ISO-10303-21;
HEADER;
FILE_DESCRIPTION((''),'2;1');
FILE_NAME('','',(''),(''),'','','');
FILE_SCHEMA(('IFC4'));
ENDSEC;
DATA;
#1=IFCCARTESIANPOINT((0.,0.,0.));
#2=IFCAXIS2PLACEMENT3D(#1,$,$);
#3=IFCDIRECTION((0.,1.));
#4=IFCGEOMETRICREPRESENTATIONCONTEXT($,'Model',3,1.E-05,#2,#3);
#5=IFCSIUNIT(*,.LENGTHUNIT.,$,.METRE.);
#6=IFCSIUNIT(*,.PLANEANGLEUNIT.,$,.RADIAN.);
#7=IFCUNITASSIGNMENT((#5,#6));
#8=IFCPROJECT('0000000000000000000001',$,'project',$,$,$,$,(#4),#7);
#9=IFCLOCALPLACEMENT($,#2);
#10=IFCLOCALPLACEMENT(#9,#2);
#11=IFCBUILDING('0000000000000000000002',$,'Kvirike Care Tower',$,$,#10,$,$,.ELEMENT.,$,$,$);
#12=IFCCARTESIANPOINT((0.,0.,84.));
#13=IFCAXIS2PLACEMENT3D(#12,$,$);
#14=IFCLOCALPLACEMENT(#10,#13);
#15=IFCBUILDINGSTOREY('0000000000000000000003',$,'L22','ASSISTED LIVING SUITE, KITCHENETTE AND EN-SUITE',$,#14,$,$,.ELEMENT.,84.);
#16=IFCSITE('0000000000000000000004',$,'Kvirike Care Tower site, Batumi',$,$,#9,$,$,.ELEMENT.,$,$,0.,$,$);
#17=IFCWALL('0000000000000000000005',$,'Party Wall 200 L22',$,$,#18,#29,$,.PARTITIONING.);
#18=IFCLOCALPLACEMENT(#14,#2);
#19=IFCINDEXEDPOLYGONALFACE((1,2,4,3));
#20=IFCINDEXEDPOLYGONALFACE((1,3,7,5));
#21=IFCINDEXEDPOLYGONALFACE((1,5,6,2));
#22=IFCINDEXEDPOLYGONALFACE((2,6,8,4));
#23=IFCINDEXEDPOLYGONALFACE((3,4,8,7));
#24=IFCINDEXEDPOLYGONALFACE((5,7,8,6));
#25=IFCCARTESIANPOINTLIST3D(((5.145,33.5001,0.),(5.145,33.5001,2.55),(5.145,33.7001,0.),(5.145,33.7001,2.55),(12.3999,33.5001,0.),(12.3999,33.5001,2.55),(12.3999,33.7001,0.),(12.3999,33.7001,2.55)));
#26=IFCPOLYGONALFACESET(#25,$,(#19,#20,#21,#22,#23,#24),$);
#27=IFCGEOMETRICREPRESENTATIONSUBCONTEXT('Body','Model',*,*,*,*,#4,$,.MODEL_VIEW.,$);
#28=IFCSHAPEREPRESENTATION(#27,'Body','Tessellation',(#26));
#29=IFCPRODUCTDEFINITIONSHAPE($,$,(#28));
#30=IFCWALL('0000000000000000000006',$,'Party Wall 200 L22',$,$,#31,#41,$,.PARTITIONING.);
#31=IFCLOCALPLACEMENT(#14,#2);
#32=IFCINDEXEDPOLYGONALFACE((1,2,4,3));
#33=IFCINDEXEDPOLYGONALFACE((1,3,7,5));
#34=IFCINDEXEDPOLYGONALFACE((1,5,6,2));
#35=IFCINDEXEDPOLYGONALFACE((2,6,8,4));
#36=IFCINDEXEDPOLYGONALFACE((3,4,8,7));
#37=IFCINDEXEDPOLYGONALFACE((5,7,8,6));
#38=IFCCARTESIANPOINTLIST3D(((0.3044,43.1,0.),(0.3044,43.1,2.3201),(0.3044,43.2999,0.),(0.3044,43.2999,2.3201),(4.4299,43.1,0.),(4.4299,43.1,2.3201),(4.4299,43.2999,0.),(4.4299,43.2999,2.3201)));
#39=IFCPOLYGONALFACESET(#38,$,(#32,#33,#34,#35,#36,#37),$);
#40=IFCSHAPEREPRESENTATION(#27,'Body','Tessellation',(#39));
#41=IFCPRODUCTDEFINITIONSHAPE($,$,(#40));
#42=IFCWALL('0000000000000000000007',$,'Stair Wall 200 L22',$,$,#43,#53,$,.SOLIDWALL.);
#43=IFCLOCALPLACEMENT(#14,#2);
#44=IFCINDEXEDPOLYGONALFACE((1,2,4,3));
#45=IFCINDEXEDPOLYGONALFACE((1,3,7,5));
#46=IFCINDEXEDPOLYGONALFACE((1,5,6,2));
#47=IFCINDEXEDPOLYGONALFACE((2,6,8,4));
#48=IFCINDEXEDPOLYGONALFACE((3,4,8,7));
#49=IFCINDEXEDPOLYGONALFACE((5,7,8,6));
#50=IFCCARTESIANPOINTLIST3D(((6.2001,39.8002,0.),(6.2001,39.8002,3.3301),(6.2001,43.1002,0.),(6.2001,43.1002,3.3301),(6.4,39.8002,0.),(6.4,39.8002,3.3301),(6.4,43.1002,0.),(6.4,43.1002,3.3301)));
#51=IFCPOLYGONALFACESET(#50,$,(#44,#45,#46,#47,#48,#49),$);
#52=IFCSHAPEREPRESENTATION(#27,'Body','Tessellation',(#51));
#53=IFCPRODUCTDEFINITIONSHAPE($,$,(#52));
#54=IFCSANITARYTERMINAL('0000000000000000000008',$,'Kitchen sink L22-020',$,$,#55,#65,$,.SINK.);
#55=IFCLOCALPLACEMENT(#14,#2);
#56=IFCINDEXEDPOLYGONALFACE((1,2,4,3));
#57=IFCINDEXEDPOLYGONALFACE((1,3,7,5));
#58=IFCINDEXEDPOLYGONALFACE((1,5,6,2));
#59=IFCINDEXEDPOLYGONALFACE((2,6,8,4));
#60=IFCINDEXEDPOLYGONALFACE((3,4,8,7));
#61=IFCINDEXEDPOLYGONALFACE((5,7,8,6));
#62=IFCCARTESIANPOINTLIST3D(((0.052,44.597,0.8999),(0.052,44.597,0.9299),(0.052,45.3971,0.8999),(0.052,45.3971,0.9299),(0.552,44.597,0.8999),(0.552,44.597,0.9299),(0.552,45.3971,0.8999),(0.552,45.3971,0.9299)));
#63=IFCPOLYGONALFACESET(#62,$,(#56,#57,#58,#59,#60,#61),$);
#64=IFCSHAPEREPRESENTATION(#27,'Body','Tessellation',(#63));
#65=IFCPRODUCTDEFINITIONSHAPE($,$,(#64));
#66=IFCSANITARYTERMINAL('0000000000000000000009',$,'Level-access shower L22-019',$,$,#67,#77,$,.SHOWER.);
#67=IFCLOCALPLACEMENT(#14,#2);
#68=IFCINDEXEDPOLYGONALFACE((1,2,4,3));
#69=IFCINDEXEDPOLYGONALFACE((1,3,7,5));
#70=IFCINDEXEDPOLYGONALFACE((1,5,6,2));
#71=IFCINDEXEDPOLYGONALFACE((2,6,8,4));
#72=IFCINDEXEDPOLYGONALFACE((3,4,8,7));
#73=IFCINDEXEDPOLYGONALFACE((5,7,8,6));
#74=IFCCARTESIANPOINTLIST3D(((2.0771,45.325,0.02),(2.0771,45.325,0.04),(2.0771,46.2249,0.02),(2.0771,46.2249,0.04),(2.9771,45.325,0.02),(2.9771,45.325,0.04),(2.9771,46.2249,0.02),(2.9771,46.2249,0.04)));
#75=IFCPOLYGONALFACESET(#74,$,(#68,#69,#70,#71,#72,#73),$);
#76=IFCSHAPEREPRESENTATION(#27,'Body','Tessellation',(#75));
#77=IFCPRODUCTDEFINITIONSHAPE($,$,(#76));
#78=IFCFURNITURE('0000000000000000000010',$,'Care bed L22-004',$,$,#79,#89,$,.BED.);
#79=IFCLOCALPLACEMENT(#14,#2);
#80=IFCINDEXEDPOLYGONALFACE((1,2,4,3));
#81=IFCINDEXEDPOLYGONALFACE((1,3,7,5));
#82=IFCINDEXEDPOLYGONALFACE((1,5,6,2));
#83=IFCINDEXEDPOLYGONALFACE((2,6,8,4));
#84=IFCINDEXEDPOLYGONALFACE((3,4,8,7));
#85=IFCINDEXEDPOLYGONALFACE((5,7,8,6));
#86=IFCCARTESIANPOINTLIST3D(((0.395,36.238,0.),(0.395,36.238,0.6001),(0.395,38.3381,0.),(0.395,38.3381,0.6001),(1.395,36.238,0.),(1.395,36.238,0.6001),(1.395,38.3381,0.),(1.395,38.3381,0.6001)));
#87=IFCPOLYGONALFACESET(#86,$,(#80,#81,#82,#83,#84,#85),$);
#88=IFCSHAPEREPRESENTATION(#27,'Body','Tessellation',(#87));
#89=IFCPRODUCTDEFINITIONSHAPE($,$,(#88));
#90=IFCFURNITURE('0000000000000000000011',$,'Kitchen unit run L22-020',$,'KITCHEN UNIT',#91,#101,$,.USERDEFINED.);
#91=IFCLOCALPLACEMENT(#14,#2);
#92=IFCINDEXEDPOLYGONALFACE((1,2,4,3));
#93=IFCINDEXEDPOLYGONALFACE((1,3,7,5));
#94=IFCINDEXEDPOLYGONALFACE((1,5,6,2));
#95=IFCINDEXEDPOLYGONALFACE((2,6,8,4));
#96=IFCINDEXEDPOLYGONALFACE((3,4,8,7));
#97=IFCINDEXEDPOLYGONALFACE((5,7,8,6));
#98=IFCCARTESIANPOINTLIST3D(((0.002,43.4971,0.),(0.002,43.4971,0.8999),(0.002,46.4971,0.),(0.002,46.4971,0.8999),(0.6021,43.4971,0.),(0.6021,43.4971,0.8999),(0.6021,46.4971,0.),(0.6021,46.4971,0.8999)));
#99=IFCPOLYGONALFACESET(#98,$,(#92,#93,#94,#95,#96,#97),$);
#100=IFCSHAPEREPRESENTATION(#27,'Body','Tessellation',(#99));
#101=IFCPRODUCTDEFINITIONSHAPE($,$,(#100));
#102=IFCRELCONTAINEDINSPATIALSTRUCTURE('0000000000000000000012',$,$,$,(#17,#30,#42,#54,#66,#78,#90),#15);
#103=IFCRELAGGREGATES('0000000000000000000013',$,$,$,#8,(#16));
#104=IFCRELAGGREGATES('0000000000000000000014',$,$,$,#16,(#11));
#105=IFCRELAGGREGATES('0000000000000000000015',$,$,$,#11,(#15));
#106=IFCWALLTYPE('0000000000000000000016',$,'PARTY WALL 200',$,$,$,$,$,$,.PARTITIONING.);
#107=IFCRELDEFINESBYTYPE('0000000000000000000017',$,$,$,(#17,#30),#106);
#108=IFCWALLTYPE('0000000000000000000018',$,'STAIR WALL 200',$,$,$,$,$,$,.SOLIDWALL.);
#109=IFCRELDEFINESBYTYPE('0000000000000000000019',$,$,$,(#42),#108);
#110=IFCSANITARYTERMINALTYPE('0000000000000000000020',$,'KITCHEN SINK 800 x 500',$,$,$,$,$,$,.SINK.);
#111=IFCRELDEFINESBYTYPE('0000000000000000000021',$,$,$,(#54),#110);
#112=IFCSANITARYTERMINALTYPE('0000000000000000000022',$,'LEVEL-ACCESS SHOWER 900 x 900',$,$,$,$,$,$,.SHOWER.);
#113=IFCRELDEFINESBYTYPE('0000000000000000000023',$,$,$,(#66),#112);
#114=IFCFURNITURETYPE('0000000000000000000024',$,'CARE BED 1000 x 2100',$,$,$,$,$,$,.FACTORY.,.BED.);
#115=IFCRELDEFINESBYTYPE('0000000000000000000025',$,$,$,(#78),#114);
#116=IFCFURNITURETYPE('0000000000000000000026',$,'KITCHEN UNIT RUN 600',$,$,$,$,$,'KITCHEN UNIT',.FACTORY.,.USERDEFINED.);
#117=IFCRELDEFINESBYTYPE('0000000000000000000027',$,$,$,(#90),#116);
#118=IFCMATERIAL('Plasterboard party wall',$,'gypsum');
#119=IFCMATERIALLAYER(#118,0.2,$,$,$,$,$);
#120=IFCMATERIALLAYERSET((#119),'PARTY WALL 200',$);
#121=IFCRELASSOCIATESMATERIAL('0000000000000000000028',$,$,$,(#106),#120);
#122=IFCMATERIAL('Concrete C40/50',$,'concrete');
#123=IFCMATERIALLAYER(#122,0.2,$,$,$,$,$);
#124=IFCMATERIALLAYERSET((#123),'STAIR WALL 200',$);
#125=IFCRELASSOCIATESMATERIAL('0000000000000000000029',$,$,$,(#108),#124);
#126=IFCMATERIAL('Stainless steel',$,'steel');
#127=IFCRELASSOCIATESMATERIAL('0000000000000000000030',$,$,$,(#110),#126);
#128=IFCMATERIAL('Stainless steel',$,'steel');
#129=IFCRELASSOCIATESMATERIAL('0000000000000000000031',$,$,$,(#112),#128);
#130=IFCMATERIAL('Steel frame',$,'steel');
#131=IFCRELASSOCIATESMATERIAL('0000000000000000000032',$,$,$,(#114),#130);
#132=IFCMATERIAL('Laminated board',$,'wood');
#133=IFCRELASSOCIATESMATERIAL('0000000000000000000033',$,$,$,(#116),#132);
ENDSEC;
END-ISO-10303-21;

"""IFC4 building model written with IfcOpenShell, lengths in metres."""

from ifc_helpers import new_model, si_unit, direction, frame, frame_2d, origin, origin_2d, place, context, subcontext, project, spatial, rectangle, extrude, material, layer, layer_set, type_object, element, save


model = new_model("IFC4")

# Units and contexts
model_context = context("Model", 3, precision=1e-05, world=origin(), true_north=direction((0.0, 1.0)))
body_context = subcontext(model_context, "Body", "Model", "MODEL_VIEW")
ifc_project = project(units=[si_unit("LENGTHUNIT", "METRE"), si_unit("PLANEANGLEUNIT", "RADIAN")], contexts=[model_context])

# Site, building, storey
site_placement = place(None, origin())
site = spatial("IfcSite", under=ifc_project, at=site_placement, Name="Kvirike Care Tower site, Batumi", CompositionType="ELEMENT", RefElevation=0.0)
building_placement = place(site_placement, origin())
building = spatial("IfcBuilding", under=site, at=building_placement, Name="Kvirike Care Tower", CompositionType="ELEMENT")
storey_placement = place(building_placement, frame((0.0, 0.0, 84.0)))
storey = spatial("IfcBuildingStorey", under=building, at=storey_placement, Name="L22", Description="ASSISTED LIVING SUITE, KITCHENETTE AND EN-SUITE", CompositionType="ELEMENT", Elevation=84.0)

# Walls
ifc_material_1 = material(Name="Plasterboard party wall", Category="gypsum")
ifc_layer_1 = layer(ifc_material_1, 0.2)
ifc_layer_set_1 = layer_set([ifc_layer_1], Name="PARTY WALL 200")
wall_type_1 = type_object("IfcWallType", Name="PARTY WALL 200", PredefinedType="PARTITIONING", material=ifc_layer_set_1)
wall_1_placement = place(storey_placement, frame((5.145, 33.6001, 0.0), z_axis=(0.0, 0.0, 1.0), x_axis=(1.0, 0.0, 0.0)))
element("IfcWall", 1, at=wall_1_placement, inside=storey, type_object=wall_type_1, Name="Party Wall 200 L22", PredefinedType="PARTITIONING", context=body_context, shape_type="SweptSolid", body=[
    extrude(rectangle(XDim=7.2549, YDim=0.2, at=frame_2d((3.6274, 0.0))), origin(), (0.0, 0.0, 1.0), 2.55),
])
wall_2_placement = place(storey_placement, frame((4.4299, 43.2, 0.0), z_axis=(0.0, 0.0, 1.0), x_axis=(-1.0, 0.0, 0.0)))
element("IfcWall", 2, at=wall_2_placement, inside=storey, type_object=wall_type_1, Name="Party Wall 200 L22", PredefinedType="PARTITIONING", context=body_context, shape_type="SweptSolid", body=[
    extrude(rectangle(XDim=4.1255, YDim=0.2, at=frame_2d((2.0627, 0.0))), origin(), (0.0, 0.0, 1.0), 2.3201),
])
ifc_material_2 = material(Name="Concrete C40/50", Category="concrete")
ifc_layer_2 = layer(ifc_material_2, 0.2)
ifc_layer_set_2 = layer_set([ifc_layer_2], Name="STAIR WALL 200")
wall_type_2 = type_object("IfcWallType", Name="STAIR WALL 200", PredefinedType="SOLIDWALL", material=ifc_layer_set_2)
wall_3_placement = place(storey_placement, frame((6.3, 43.1001, 0.0), z_axis=(0.0, 0.0, 1.0), x_axis=(0.0, -1.0, 0.0)))
element("IfcWall", 3, at=wall_3_placement, inside=storey, type_object=wall_type_2, Name="Stair Wall 200 L22", PredefinedType="SOLIDWALL", context=body_context, shape_type="SweptSolid", body=[
    extrude(rectangle(XDim=3.3, YDim=0.2, at=frame_2d((1.6499, 0.0))), origin(), (0.0, 0.0, 1.0), 3.3301),
])

# Sanitary terminals
ifc_material_3 = material(Name="Stainless steel", Category="steel")
sanitary_terminal_type_1 = type_object("IfcSanitaryTerminalType", Name="KITCHEN SINK 800 x 500", PredefinedType="SINK", material=ifc_material_3)
sanitary_terminal_1_placement = place(storey_placement, frame((0.302, 44.9971, 0.8999), z_axis=(0.0, 0.0, 1.0), x_axis=(0.0, 1.0, 0.0)))
element("IfcSanitaryTerminal", 4, at=sanitary_terminal_1_placement, inside=storey, type_object=sanitary_terminal_type_1, Name="Kitchen sink L22-020", PredefinedType="SINK", context=body_context, shape_type="SweptSolid", body=[
    extrude(rectangle(XDim=0.8, YDim=0.5, at=origin_2d()), origin(), (0.0, 0.0, 1.0), 0.03),
])
ifc_material_4 = material(Name="Stainless steel", Category="steel")
sanitary_terminal_type_2 = type_object("IfcSanitaryTerminalType", Name="LEVEL-ACCESS SHOWER 900 x 900", PredefinedType="SHOWER", material=ifc_material_4)
sanitary_terminal_2_placement = place(storey_placement, frame((2.5271, 45.7749, 0.02), z_axis=(0.0, 0.0, 1.0), x_axis=(0.0, 1.0, 0.0)))
element("IfcSanitaryTerminal", 5, at=sanitary_terminal_2_placement, inside=storey, type_object=sanitary_terminal_type_2, Name="Level-access shower L22-019", PredefinedType="SHOWER", context=body_context, shape_type="SweptSolid", body=[
    extrude(rectangle(XDim=0.8999, YDim=0.8999, at=origin_2d()), origin(), (0.0, 0.0, 1.0), 0.02),
])

# Furniture
ifc_material_5 = material(Name="Steel frame", Category="steel")
furniture_type_1 = type_object("IfcFurnitureType", Name="CARE BED 1000 x 2100", AssemblyPlace="FACTORY", PredefinedType="BED", material=ifc_material_5)
furniture_1_placement = place(storey_placement, frame((0.895, 37.2881, 0.0), z_axis=(0.0, 0.0, 1.0), x_axis=(1.0, 0.0, 0.0)))
element("IfcFurniture", 6, at=furniture_1_placement, inside=storey, type_object=furniture_type_1, Name="Care bed L22-004", PredefinedType="BED", context=body_context, shape_type="SweptSolid", body=[
    extrude(rectangle(XDim=1.0, YDim=2.1001, at=origin_2d()), origin(), (0.0, 0.0, 1.0), 0.6001),
])
ifc_material_6 = material(Name="Laminated board", Category="wood")
furniture_type_2 = type_object("IfcFurnitureType", Name="KITCHEN UNIT RUN 600", ElementType="KITCHEN UNIT", AssemblyPlace="FACTORY", PredefinedType="USERDEFINED", material=ifc_material_6)
furniture_2_placement = place(storey_placement, frame((0.302, 44.9971, 0.0), z_axis=(0.0, 0.0, 1.0), x_axis=(0.0, 1.0, 0.0)))
element("IfcFurniture", 7, at=furniture_2_placement, inside=storey, type_object=furniture_type_2, Name="Kitchen unit run L22-020", ObjectType="KITCHEN UNIT", PredefinedType="USERDEFINED", context=body_context, shape_type="SweptSolid", body=[
    extrude(rectangle(XDim=3.0, YDim=0.6001, at=origin_2d()), origin(), (0.0, 0.0, 1.0), 0.8999),
])

save(model, "model.ifc")
